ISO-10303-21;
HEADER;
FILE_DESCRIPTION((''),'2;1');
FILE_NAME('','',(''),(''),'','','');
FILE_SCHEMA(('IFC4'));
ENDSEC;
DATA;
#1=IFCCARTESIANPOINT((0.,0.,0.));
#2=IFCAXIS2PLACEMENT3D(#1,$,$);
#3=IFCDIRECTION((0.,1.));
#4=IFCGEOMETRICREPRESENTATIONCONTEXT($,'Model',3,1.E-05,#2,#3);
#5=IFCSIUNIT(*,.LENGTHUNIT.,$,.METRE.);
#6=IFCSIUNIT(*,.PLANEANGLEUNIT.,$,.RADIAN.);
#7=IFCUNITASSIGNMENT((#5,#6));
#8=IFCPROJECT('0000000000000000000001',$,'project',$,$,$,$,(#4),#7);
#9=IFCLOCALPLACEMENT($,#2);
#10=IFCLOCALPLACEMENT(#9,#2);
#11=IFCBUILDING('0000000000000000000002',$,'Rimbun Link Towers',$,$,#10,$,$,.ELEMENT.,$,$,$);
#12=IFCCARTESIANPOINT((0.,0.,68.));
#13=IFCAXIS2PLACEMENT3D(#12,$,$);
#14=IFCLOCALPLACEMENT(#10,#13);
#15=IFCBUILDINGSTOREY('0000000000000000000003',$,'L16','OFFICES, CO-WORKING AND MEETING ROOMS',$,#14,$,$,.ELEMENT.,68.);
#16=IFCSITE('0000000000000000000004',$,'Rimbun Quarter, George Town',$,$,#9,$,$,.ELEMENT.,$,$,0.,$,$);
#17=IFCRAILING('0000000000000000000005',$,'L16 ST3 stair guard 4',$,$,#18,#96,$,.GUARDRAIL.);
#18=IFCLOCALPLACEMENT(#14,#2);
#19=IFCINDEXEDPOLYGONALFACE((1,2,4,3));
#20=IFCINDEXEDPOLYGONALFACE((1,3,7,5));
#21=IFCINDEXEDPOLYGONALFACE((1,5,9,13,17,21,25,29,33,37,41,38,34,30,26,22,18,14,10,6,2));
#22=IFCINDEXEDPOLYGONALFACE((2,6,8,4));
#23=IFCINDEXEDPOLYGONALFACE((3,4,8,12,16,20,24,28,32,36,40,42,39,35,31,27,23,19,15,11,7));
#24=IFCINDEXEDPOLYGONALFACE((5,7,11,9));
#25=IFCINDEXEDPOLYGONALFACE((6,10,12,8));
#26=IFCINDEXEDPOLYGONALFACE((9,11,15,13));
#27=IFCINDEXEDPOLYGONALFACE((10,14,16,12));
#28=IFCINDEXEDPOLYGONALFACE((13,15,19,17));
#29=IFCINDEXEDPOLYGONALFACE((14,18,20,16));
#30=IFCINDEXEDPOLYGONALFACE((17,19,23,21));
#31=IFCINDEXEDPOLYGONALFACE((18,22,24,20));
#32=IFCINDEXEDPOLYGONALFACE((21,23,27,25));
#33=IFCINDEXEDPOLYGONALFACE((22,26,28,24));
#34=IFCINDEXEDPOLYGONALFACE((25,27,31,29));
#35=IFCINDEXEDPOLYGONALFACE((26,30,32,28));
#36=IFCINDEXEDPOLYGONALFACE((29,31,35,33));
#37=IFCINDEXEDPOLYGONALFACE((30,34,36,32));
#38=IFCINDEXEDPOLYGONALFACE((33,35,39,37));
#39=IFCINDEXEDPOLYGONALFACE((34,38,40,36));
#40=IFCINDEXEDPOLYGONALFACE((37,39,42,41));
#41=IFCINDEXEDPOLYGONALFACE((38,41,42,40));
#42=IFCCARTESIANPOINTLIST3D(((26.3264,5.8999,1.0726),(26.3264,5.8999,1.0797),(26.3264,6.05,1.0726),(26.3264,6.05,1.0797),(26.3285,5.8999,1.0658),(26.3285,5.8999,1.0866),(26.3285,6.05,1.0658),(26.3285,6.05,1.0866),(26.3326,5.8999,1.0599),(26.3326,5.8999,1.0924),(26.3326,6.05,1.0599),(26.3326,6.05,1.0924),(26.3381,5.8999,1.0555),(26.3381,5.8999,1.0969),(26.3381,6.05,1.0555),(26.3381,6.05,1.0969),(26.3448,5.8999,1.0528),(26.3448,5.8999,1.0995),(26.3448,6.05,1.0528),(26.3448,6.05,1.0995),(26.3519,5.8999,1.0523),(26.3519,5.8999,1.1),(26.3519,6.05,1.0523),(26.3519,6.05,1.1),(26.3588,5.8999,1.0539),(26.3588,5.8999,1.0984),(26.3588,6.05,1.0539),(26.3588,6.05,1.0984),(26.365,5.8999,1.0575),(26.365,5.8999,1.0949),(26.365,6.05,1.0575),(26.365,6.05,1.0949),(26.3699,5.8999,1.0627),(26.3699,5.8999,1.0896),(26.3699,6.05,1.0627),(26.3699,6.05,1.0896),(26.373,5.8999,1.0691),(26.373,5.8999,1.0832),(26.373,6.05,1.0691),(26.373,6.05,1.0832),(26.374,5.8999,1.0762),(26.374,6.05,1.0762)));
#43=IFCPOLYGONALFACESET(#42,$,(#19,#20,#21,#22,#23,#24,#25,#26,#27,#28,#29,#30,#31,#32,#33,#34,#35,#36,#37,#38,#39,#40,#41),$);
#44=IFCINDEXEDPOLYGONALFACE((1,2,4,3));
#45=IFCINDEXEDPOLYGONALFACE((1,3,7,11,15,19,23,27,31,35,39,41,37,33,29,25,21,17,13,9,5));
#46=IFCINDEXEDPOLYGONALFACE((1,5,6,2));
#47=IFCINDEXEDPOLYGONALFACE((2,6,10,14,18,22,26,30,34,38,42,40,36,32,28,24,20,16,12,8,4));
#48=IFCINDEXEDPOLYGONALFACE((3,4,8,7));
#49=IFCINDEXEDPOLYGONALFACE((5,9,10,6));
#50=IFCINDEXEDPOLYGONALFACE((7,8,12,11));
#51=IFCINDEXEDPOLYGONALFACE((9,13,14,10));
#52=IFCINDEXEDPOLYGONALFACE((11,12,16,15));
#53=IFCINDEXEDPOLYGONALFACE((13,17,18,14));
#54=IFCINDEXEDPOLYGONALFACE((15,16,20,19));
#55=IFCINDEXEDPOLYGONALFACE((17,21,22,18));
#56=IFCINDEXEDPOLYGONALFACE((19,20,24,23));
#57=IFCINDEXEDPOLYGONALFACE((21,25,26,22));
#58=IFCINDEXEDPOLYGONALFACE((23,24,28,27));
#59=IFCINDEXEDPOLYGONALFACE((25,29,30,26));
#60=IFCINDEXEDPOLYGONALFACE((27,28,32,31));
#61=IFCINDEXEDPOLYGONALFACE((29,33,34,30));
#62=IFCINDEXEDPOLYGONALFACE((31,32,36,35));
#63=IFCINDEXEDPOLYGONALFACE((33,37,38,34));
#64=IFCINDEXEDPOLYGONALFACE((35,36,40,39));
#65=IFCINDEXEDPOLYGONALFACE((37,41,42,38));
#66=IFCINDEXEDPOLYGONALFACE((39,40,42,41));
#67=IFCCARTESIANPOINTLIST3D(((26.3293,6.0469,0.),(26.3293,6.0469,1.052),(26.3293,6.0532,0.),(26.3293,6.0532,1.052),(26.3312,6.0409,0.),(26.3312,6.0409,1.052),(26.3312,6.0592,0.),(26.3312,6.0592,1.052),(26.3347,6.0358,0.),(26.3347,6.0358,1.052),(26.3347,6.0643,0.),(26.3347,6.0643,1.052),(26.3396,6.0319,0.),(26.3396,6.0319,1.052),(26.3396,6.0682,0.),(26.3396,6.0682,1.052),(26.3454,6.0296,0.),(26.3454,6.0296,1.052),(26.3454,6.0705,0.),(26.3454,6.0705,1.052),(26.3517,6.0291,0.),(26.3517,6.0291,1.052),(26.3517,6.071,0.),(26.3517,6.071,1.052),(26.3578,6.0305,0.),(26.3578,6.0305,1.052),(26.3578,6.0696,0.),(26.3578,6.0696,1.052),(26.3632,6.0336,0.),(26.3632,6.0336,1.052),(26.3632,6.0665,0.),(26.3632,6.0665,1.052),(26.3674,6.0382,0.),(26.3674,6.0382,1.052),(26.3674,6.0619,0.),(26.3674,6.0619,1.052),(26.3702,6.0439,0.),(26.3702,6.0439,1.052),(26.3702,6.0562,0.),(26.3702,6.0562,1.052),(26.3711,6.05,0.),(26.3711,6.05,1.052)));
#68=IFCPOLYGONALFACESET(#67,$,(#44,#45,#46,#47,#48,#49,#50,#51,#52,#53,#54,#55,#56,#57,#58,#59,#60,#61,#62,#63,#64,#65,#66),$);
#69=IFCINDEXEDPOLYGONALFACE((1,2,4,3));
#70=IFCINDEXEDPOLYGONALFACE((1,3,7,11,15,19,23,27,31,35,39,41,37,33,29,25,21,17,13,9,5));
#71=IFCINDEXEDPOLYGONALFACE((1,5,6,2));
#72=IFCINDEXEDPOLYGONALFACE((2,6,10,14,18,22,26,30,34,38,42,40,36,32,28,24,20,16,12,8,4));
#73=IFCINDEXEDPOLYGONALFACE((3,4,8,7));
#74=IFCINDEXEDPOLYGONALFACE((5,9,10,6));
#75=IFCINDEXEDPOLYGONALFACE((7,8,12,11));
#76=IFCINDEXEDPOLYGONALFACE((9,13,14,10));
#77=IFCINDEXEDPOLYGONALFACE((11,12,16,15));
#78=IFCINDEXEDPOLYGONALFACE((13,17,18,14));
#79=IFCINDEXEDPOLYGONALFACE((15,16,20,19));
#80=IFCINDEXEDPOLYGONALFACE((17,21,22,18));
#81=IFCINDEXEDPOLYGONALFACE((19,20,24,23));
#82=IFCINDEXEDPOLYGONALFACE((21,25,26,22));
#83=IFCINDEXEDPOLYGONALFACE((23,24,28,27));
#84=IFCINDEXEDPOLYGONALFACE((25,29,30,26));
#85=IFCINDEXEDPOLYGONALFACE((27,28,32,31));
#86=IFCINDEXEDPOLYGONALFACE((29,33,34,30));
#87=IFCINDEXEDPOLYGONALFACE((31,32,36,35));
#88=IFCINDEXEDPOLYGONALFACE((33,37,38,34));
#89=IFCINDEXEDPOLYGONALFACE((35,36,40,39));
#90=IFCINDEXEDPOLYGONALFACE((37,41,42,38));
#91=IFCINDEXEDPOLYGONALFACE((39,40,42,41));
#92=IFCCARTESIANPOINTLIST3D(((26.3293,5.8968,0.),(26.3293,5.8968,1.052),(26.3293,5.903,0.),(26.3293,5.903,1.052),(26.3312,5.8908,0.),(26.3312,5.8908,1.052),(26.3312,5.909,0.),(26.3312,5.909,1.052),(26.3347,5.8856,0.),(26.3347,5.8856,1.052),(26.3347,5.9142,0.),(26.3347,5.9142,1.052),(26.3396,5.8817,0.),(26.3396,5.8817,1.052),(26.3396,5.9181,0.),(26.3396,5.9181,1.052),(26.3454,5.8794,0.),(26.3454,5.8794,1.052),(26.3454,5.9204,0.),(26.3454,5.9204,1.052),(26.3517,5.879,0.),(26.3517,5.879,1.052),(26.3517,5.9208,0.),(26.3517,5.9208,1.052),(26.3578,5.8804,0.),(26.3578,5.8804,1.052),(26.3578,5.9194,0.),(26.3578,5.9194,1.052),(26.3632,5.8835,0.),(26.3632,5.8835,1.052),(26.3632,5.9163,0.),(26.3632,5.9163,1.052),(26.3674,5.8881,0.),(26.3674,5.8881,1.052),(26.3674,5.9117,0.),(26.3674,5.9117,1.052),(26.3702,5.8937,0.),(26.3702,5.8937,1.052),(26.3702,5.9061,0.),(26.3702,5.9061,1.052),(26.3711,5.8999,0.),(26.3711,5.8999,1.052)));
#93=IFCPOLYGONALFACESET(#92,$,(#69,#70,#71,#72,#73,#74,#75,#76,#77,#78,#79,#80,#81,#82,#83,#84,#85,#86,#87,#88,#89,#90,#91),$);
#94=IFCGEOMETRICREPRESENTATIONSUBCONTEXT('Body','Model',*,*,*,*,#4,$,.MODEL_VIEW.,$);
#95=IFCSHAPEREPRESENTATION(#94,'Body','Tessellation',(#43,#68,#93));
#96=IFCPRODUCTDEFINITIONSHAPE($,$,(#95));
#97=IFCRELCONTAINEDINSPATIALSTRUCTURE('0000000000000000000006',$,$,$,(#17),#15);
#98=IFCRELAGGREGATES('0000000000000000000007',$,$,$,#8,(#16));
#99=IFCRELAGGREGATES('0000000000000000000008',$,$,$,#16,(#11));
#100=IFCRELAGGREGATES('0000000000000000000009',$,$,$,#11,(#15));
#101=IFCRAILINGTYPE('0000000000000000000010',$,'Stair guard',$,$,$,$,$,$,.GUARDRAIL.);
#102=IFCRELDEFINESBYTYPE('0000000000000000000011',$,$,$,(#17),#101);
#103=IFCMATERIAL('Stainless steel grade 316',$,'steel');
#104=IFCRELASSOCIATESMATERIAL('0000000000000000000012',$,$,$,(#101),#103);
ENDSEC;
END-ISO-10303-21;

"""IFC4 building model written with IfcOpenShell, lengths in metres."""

from ifc_helpers import new_model, si_unit, direction, frame, origin, origin_2d, place, context, subcontext, project, spatial, circle, extrude, material, type_object, element, save


model = new_model("IFC4")

# Units and contexts
model_context = context("Model", 3, precision=1e-05, world=origin(), true_north=direction((0.0, 1.0)))
body_context = subcontext(model_context, "Body", "Model", "MODEL_VIEW")
ifc_project = project(units=[si_unit("LENGTHUNIT", "METRE"), si_unit("PLANEANGLEUNIT", "RADIAN")], contexts=[model_context])

# Site, building, storey
site_placement = place(None, origin())
site = spatial("IfcSite", under=ifc_project, at=site_placement, Name="Rimbun Quarter, George Town", CompositionType="ELEMENT", RefElevation=0.0)
building_placement = place(site_placement, origin())
building = spatial("IfcBuilding", under=site, at=building_placement, Name="Rimbun Link Towers", CompositionType="ELEMENT")
storey_placement = place(building_placement, frame((0.0, 0.0, 68.0)))
storey = spatial("IfcBuildingStorey", under=building, at=storey_placement, Name="L16", Description="OFFICES, CO-WORKING AND MEETING ROOMS", CompositionType="ELEMENT", Elevation=68.0)

# Railing
ifc_material_1 = material(Name="Stainless steel grade 316", Category="steel")
railing_type_1 = type_object("IfcRailingType", Name="Stair guard", PredefinedType="GUARDRAIL", material=ifc_material_1)
railing_1_placement = place(storey_placement, frame((26.3501, 6.05, 0.0)))
element("IfcRailing", 1, at=railing_1_placement, inside=storey, type_object=railing_type_1, Name="L16 ST3 stair guard 4", PredefinedType="GUARDRAIL", context=body_context, shape_type="SweptSolid", body=[
    extrude(circle(Radius=0.0239, at=origin_2d()), frame((0.0, 0.0, 1.0762), z_axis=(0.0, -1.0, 0.0), x_axis=(1.0, 0.0, 0.0)), (0.0, 0.0, 1.0), 0.1501),
    extrude(circle(Radius=0.021, at=origin_2d()), origin(), (0.0, 0.0, 1.0), 1.052),
    extrude(circle(Radius=0.021, at=origin_2d()), frame((0.0, -0.1501, 0.0)), (0.0, 0.0, 1.0), 1.052),
])

save(model, "model.ifc")
